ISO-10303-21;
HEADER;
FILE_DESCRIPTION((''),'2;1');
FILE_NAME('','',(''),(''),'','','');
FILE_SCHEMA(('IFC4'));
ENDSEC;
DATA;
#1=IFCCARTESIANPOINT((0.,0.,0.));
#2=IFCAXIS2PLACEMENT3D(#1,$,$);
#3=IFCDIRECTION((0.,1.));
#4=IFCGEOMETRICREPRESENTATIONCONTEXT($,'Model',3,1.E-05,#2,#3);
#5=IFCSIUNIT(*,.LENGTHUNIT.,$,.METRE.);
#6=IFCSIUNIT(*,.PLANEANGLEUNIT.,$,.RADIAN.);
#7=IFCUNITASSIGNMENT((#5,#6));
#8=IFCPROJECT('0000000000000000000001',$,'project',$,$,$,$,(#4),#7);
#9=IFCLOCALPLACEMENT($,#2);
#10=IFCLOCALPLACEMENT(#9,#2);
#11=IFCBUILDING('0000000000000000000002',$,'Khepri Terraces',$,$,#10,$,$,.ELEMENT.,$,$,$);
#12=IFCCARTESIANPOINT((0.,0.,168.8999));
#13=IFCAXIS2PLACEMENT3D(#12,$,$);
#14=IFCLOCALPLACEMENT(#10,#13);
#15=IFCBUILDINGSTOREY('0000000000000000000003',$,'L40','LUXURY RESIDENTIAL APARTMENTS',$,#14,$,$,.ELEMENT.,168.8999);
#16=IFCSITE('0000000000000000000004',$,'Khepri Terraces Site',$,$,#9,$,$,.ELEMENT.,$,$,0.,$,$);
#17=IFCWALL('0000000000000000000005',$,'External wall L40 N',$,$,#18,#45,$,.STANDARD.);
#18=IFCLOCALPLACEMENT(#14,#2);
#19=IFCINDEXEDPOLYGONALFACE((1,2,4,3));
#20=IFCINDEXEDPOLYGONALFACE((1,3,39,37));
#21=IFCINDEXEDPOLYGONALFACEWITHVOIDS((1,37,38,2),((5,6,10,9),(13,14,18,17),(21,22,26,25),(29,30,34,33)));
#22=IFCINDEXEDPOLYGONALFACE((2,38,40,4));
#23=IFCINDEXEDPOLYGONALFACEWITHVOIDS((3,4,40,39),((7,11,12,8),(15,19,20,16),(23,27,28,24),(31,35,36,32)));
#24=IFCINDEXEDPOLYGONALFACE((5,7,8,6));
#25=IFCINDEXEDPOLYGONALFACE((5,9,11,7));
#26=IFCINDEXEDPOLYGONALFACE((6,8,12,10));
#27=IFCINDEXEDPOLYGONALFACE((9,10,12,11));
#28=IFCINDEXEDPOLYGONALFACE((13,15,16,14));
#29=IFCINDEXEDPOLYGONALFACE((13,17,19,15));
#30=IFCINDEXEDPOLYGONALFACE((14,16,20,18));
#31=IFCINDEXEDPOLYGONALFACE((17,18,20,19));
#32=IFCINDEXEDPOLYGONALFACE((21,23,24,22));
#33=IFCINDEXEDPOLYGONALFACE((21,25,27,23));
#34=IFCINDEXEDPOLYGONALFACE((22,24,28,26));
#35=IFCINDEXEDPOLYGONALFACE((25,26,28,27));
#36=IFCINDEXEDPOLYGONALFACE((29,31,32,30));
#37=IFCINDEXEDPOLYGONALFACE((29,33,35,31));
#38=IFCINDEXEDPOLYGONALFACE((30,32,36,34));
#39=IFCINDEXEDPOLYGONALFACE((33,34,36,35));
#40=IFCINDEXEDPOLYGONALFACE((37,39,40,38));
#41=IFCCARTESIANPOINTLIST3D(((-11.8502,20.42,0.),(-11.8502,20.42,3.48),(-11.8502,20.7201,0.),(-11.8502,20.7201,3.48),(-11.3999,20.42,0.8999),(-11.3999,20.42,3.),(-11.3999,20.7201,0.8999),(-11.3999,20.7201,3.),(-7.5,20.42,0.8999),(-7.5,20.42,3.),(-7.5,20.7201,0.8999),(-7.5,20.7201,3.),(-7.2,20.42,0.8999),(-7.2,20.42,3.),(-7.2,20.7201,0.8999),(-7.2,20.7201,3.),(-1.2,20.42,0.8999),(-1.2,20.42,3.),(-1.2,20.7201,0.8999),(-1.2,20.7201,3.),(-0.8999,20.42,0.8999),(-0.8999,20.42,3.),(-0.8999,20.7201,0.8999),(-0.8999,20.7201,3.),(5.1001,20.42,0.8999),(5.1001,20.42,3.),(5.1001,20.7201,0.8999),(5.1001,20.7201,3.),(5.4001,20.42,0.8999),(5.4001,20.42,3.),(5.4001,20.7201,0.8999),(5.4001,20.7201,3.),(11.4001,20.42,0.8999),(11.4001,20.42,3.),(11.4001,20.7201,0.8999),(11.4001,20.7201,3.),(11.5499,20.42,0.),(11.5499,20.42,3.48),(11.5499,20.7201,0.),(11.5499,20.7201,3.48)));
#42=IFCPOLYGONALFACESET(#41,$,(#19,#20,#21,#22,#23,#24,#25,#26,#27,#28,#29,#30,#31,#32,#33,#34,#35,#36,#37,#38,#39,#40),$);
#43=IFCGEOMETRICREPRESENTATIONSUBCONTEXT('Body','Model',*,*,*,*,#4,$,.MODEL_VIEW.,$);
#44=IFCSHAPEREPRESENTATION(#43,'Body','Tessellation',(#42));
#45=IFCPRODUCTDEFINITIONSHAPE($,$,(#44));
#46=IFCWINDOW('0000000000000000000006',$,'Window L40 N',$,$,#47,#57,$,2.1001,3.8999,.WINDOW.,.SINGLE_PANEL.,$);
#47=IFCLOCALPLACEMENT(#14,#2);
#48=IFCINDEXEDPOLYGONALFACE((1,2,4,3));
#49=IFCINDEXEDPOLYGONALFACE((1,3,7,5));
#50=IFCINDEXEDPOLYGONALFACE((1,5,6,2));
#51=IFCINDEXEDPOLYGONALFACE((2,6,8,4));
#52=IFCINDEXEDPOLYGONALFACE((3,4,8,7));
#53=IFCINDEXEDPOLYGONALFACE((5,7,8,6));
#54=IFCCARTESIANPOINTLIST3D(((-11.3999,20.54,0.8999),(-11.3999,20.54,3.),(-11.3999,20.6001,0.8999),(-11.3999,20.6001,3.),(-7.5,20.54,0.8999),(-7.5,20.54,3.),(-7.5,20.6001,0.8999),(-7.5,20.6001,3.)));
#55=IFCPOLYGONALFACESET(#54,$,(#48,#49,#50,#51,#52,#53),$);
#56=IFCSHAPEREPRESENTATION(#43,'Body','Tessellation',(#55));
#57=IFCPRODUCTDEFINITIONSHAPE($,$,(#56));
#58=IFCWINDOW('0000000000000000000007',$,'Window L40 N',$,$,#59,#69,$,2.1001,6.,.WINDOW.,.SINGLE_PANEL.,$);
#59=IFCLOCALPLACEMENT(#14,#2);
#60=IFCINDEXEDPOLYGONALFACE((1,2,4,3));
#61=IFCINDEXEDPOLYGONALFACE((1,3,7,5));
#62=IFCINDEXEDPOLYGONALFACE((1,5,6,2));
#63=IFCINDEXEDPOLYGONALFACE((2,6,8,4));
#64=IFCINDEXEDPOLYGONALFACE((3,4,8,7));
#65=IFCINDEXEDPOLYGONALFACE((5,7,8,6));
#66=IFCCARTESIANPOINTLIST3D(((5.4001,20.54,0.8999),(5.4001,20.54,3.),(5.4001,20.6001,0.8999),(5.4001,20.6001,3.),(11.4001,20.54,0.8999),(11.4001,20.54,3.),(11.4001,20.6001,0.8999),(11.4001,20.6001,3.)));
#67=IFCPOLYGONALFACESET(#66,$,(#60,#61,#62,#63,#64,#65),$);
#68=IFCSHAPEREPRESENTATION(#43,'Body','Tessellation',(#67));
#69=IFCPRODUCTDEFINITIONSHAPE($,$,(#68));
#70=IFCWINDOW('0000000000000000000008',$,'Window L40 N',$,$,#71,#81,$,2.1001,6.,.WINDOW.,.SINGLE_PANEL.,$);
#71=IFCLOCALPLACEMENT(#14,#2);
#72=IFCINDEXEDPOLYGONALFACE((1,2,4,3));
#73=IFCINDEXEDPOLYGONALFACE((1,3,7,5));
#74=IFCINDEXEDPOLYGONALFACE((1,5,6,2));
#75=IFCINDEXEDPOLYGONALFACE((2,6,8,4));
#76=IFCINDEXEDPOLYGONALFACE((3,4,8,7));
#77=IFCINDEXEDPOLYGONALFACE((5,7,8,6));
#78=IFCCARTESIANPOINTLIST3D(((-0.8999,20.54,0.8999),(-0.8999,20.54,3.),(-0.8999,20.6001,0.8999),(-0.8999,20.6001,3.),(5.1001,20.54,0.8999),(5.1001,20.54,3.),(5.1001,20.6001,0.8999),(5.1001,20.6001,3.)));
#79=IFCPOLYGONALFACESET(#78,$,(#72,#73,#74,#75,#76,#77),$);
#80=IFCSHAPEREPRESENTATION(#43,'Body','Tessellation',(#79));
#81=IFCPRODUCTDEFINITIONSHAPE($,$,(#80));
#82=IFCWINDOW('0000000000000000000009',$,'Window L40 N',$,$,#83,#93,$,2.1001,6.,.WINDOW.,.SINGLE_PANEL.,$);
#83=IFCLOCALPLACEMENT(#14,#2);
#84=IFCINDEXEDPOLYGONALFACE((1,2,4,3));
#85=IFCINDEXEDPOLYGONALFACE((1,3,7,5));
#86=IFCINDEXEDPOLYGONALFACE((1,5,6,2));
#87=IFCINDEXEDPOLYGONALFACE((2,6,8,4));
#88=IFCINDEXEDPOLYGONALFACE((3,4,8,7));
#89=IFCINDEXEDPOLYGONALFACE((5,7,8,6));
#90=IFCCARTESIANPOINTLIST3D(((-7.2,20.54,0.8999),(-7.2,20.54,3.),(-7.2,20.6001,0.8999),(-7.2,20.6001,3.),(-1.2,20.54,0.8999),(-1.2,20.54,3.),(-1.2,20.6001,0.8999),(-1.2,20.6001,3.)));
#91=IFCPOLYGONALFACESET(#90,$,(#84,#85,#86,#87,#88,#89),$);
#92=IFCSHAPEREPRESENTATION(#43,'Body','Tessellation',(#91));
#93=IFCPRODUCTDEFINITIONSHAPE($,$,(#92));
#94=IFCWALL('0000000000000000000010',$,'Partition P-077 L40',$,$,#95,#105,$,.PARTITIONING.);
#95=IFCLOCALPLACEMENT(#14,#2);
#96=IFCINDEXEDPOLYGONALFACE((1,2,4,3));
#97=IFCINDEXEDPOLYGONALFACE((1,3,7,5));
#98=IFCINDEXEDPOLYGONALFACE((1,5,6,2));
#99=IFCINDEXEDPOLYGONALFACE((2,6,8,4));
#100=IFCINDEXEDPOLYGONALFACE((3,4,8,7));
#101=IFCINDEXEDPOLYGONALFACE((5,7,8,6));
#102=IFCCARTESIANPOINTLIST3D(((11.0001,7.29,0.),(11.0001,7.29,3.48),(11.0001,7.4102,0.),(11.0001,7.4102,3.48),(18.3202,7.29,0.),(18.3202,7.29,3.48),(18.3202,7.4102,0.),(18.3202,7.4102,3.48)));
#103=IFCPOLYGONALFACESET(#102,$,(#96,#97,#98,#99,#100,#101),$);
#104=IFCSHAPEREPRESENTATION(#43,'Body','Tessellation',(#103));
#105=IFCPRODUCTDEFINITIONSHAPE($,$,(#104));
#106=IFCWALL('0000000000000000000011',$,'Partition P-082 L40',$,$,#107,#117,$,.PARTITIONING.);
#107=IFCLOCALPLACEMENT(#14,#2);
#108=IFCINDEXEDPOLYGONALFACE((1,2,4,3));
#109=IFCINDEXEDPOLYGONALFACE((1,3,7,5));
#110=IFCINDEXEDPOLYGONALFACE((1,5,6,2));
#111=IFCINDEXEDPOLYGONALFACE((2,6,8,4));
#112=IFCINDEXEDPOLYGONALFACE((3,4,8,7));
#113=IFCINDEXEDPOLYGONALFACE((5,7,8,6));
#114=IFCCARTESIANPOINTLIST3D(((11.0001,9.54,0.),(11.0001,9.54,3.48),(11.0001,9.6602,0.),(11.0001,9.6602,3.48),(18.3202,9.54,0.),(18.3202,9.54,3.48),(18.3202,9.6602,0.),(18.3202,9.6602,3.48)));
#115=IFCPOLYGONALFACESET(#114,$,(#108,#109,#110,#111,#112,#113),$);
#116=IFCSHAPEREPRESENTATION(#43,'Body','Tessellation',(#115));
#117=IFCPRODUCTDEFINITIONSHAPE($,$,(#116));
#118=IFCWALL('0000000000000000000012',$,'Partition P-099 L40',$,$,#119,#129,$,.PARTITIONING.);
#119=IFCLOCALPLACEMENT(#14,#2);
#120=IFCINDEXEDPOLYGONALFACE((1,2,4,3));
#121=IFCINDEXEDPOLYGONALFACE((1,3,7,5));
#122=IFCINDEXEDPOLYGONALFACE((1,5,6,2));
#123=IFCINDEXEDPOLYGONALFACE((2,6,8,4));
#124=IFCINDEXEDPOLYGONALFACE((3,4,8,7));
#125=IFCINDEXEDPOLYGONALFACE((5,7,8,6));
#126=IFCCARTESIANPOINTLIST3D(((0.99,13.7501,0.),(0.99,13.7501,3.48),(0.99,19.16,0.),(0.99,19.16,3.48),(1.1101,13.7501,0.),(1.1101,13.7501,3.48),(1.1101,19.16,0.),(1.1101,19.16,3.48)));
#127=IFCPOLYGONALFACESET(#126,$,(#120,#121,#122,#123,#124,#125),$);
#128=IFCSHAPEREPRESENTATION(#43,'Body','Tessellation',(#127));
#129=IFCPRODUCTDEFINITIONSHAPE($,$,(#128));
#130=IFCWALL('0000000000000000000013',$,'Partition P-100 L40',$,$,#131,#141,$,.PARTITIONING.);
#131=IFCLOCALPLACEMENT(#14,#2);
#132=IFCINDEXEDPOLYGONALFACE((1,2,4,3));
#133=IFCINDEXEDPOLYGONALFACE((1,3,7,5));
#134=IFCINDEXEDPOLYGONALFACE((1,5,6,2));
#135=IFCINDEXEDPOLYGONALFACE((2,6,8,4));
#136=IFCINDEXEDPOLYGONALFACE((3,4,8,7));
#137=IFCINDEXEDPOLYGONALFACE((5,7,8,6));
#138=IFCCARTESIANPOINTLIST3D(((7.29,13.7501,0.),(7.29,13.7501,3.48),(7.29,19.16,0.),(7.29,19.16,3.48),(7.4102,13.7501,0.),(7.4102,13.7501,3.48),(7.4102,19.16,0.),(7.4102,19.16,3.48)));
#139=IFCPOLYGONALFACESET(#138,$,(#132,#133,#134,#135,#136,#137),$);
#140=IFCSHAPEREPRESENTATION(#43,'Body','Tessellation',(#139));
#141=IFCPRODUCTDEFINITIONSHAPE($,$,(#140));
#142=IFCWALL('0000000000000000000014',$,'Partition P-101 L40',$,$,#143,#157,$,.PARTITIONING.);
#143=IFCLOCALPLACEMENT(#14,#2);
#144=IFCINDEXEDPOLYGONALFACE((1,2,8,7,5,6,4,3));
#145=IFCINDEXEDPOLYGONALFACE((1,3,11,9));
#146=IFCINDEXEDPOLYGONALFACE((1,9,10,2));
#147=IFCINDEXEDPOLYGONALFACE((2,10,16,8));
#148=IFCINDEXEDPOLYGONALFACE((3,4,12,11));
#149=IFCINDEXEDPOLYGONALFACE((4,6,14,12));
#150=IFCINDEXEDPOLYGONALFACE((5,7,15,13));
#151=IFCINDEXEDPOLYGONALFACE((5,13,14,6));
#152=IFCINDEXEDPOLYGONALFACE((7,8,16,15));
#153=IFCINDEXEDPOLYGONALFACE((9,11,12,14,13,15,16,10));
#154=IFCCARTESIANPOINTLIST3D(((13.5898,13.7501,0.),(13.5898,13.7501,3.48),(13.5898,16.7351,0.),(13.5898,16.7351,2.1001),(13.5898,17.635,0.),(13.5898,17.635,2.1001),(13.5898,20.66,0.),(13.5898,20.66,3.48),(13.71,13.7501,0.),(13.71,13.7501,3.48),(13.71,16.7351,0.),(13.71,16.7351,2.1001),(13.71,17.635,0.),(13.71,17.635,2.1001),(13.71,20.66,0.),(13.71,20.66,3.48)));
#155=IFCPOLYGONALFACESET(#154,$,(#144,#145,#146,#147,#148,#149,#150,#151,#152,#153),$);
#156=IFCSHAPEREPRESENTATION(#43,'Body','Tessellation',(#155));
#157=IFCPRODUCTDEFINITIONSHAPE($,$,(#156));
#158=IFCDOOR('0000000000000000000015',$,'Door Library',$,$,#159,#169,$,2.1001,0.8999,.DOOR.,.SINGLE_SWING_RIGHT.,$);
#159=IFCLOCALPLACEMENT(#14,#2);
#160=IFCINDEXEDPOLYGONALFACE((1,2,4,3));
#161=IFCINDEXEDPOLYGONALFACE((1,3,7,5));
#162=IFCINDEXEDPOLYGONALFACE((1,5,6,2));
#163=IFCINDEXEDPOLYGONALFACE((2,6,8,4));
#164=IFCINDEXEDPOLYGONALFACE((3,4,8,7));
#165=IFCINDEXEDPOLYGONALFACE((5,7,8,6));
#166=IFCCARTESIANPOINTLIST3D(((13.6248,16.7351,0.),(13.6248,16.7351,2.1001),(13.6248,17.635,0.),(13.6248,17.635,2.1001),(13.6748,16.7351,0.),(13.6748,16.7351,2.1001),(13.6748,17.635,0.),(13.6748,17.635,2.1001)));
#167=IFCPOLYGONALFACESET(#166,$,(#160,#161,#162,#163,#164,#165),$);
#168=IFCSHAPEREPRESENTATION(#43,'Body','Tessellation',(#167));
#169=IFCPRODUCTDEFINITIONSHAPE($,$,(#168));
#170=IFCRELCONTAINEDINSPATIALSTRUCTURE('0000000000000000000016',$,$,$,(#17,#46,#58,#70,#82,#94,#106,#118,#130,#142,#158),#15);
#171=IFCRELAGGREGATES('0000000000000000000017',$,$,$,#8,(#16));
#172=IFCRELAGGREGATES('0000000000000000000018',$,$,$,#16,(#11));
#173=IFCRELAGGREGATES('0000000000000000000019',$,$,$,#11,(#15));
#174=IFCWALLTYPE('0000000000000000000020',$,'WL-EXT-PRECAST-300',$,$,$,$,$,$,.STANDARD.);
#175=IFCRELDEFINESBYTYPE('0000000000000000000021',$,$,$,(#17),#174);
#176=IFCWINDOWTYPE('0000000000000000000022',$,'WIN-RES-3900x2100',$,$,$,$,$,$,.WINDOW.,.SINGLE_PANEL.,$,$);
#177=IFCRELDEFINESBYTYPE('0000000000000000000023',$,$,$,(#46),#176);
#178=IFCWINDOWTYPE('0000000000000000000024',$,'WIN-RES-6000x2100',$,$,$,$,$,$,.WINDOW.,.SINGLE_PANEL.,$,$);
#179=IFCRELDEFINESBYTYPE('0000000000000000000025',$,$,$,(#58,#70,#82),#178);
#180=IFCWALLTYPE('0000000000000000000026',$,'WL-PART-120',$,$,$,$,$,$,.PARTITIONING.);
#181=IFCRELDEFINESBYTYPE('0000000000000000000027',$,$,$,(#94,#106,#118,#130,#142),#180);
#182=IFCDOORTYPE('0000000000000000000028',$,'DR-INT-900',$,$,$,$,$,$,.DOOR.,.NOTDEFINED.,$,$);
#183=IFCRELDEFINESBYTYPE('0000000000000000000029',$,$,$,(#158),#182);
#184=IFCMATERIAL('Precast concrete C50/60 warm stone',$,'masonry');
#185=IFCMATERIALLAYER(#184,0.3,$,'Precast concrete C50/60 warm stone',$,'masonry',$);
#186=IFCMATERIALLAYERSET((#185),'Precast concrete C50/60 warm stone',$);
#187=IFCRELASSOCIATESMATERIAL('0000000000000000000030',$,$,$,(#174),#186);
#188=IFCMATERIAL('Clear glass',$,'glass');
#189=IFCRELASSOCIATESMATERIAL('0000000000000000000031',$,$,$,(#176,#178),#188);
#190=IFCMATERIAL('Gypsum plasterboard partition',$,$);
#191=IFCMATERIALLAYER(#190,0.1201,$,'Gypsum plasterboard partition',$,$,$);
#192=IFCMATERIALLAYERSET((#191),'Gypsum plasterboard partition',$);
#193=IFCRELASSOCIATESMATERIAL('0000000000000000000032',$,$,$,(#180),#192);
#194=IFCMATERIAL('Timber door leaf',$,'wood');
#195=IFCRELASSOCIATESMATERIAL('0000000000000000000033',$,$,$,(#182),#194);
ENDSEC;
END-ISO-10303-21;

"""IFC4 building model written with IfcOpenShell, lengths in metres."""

from ifc_helpers import new_model, si_unit, direction, frame, frame_2d, origin, place, context, subcontext, project, spatial, rectangle, extrude, material, layer, layer_set, type_object, element, fill, save


model = new_model("IFC4")

# Units and contexts
model_context = context("Model", 3, precision=1e-05, world=origin(), true_north=direction((0.0, 1.0)))
body_context = subcontext(model_context, "Body", "Model", "MODEL_VIEW")
ifc_project = project(units=[si_unit("LENGTHUNIT", "METRE"), si_unit("PLANEANGLEUNIT", "RADIAN")], contexts=[model_context])

# Site, building, storey
site_placement = place(None, origin())
site = spatial("IfcSite", under=ifc_project, at=site_placement, Name="Khepri Terraces Site", CompositionType="ELEMENT", RefElevation=0.0)
building_placement = place(site_placement, origin())
building = spatial("IfcBuilding", under=site, at=building_placement, Name="Khepri Terraces", CompositionType="ELEMENT")
storey_placement = place(building_placement, frame((0.0, 0.0, 168.8999)))
storey = spatial("IfcBuildingStorey", under=building, at=storey_placement, Name="L40", Description="LUXURY RESIDENTIAL APARTMENTS", CompositionType="ELEMENT", Elevation=168.8999)

# Shared definitions
ifc_material_1 = material(Name="Precast concrete C50/60 warm stone", Category="masonry")
ifc_layer_1 = layer(ifc_material_1, 0.3, Name="Precast concrete C50/60 warm stone", Category="masonry")
ifc_layer_set_1 = layer_set([ifc_layer_1], Name="Precast concrete C50/60 warm stone")
wall_type_1 = type_object("IfcWallType", Name="WL-EXT-PRECAST-300", PredefinedType="STANDARD", material=ifc_layer_set_1)

# Shared definitions
ifc_material_2 = material(Name="Clear glass", Category="glass")

# Wall, openings, windows
wall_1_placement = place(storey_placement, frame((11.55, 20.5701, 0.0), z_axis=(0.0, 0.0, 1.0), x_axis=(-1.0, 0.0, 0.0)))
wall_1 = element("IfcWall", 1, at=wall_1_placement, inside=storey, type_object=wall_type_1, Name="External wall L40 N", PredefinedType="STANDARD", context=body_context, shape_type="SweptSolid", body=[
    extrude(rectangle(XDim=23.4001, YDim=0.3, at=frame_2d((11.7002, 0.0))), origin(), (0.0, 0.0, 1.0), 3.48),
])
opening_1_placement = place(wall_1_placement, frame((0.1499, 0.0, 0.8999)))
opening_1 = element("IfcOpeningElement", 2, at=opening_1_placement, cuts=wall_1, PredefinedType="OPENING", context=body_context, shape_type="SweptSolid", body=[
    extrude(rectangle(XDim=6.0, YDim=2.1001, at=frame_2d((3.0, 1.05))), frame((0.0, 0.1602, 0.0), z_axis=(0.0, -1.0, 0.0), x_axis=(1.0, 0.0, 0.0)), (0.0, 0.0, 1.0), 0.3201),
])
opening_2_placement = place(wall_1_placement, frame((6.45, 0.0, 0.8999)))
opening_2 = element("IfcOpeningElement", 3, at=opening_2_placement, cuts=wall_1, PredefinedType="OPENING", context=body_context, shape_type="SweptSolid", body=[
    extrude(rectangle(XDim=6.0, YDim=2.1001, at=frame_2d((3.0, 1.05))), frame((0.0, 0.1602, 0.0), z_axis=(0.0, -1.0, 0.0), x_axis=(1.0, 0.0, 0.0)), (0.0, 0.0, 1.0), 0.3201),
])
opening_3_placement = place(wall_1_placement, frame((12.75, 0.0, 0.8999)))
opening_3 = element("IfcOpeningElement", 4, at=opening_3_placement, cuts=wall_1, PredefinedType="OPENING", context=body_context, shape_type="SweptSolid", body=[
    extrude(rectangle(XDim=6.0, YDim=2.1001, at=frame_2d((3.0, 1.05))), frame((0.0, 0.1602, 0.0), z_axis=(0.0, -1.0, 0.0), x_axis=(1.0, 0.0, 0.0)), (0.0, 0.0, 1.0), 0.3201),
])
opening_4_placement = place(wall_1_placement, frame((19.05, 0.0, 0.8999)))
opening_4 = element("IfcOpeningElement", 5, at=opening_4_placement, cuts=wall_1, PredefinedType="OPENING", context=body_context, shape_type="SweptSolid", body=[
    extrude(rectangle(XDim=3.8999, YDim=2.1001, at=frame_2d((1.95, 1.05))), frame((0.0, 0.1602, 0.0), z_axis=(0.0, -1.0, 0.0), x_axis=(1.0, 0.0, 0.0)), (0.0, 0.0, 1.0), 0.3201),
])
window_type_1 = type_object("IfcWindowType", Name="WIN-RES-3900x2100", PartitioningType="SINGLE_PANEL", PredefinedType="WINDOW", material=ifc_material_2)
window_1_placement = place(opening_4_placement, origin())
window_1 = element("IfcWindow", 6, at=window_1_placement, inside=storey, type_object=window_type_1, Name="Window L40 N", OverallHeight=2.1001, OverallWidth=3.8999, PartitioningType="SINGLE_PANEL", PredefinedType="WINDOW", context=body_context, shape_type="SweptSolid", body=[
    extrude(rectangle(XDim=3.8999, YDim=2.1001, at=frame_2d((1.95, 1.05))), frame((0.0, 0.03, 0.0), z_axis=(0.0, -1.0, 0.0), x_axis=(1.0, 0.0, 0.0)), (0.0, 0.0, 1.0), 0.0601),
])
fill(opening_4, window_1)
window_type_2 = type_object("IfcWindowType", Name="WIN-RES-6000x2100", PartitioningType="SINGLE_PANEL", PredefinedType="WINDOW", material=ifc_material_2)
window_2_placement = place(opening_1_placement, origin())
window_2 = element("IfcWindow", 7, at=window_2_placement, inside=storey, type_object=window_type_2, Name="Window L40 N", OverallHeight=2.1001, OverallWidth=6.0, PartitioningType="SINGLE_PANEL", PredefinedType="WINDOW", context=body_context, shape_type="SweptSolid", body=[
    extrude(rectangle(XDim=6.0, YDim=2.1001, at=frame_2d((3.0, 1.05))), frame((0.0, 0.03, 0.0), z_axis=(0.0, -1.0, 0.0), x_axis=(1.0, 0.0, 0.0)), (0.0, 0.0, 1.0), 0.0601),
])
fill(opening_1, window_2)
window_3_placement = place(opening_2_placement, origin())
window_3 = element("IfcWindow", 8, at=window_3_placement, inside=storey, type_object=window_type_2, Name="Window L40 N", OverallHeight=2.1001, OverallWidth=6.0, PartitioningType="SINGLE_PANEL", PredefinedType="WINDOW", context=body_context, shape_type="SweptSolid", body=[
    extrude(rectangle(XDim=6.0, YDim=2.1001, at=frame_2d((3.0, 1.05))), frame((0.0, 0.03, 0.0), z_axis=(0.0, -1.0, 0.0), x_axis=(1.0, 0.0, 0.0)), (0.0, 0.0, 1.0), 0.0601),
])
fill(opening_2, window_3)
window_4_placement = place(opening_3_placement, origin())
window_4 = element("IfcWindow", 9, at=window_4_placement, inside=storey, type_object=window_type_2, Name="Window L40 N", OverallHeight=2.1001, OverallWidth=6.0, PartitioningType="SINGLE_PANEL", PredefinedType="WINDOW", context=body_context, shape_type="SweptSolid", body=[
    extrude(rectangle(XDim=6.0, YDim=2.1001, at=frame_2d((3.0, 1.05))), frame((0.0, 0.03, 0.0), z_axis=(0.0, -1.0, 0.0), x_axis=(1.0, 0.0, 0.0)), (0.0, 0.0, 1.0), 0.0601),
])
fill(opening_3, window_4)

# Walls
ifc_material_3 = material(Name="Gypsum plasterboard partition")
ifc_layer_2 = layer(ifc_material_3, 0.1201, Name="Gypsum plasterboard partition")
ifc_layer_set_2 = layer_set([ifc_layer_2], Name="Gypsum plasterboard partition")
wall_type_2 = type_object("IfcWallType", Name="WL-PART-120", PredefinedType="PARTITIONING", material=ifc_layer_set_2)
for number, where, z_axis, x_axis, name in (
    (10, (11.0, 7.3501, 0.0), (0.0, 0.0, 1.0), (1.0, 0.0, 0.0), "Partition P-077 L40"),
    (11, (11.0, 9.6001, 0.0), (0.0, 0.0, 1.0), (1.0, 0.0, 0.0), "Partition P-082 L40"),
):
    element("IfcWall", number, at=place(storey_placement, frame(where, z_axis=z_axis, x_axis=x_axis)), inside=storey, type_object=wall_type_2, Name=name, PredefinedType="PARTITIONING", context=body_context, shape_type="SweptSolid", body=[
        extrude(rectangle(XDim=7.3201, YDim=0.1201, at=frame_2d((3.6602, 0.0))), origin(), (0.0, 0.0, 1.0), 3.48),
    ])
for number, where, z_axis, x_axis, name in (
    (12, (1.05, 13.75, 0.0), (0.0, 0.0, 1.0), (0.0, 1.0, 0.0), "Partition P-099 L40"),
    (13, (7.3501, 13.75, 0.0), (0.0, 0.0, 1.0), (0.0, 1.0, 0.0), "Partition P-100 L40"),
):
    element("IfcWall", number, at=place(storey_placement, frame(where, z_axis=z_axis, x_axis=x_axis)), inside=storey, type_object=wall_type_2, Name=name, PredefinedType="PARTITIONING", context=body_context, shape_type="SweptSolid", body=[
        extrude(rectangle(XDim=5.4099, YDim=0.1201, at=frame_2d((2.7051, 0.0))), origin(), (0.0, 0.0, 1.0), 3.48),
    ])

# Wall, opening, door
wall_2_placement = place(storey_placement, frame((13.6499, 13.75, 0.0), z_axis=(0.0, 0.0, 1.0), x_axis=(0.0, 1.0, 0.0)))
wall_2 = element("IfcWall", 14, at=wall_2_placement, inside=storey, type_object=wall_type_2, Name="Partition P-101 L40", PredefinedType="PARTITIONING", context=body_context, shape_type="SweptSolid", body=[
    extrude(rectangle(XDim=6.9099, YDim=0.1201, at=frame_2d((3.4551, 0.0))), origin(), (0.0, 0.0, 1.0), 3.48),
])
opening_5_placement = place(wall_2_placement, frame((2.9851, 0.0, 0.0)))
opening_5 = element("IfcOpeningElement", 15, at=opening_5_placement, cuts=wall_2, PredefinedType="OPENING", context=body_context, shape_type="SweptSolid", body=[
    extrude(rectangle(XDim=0.8999, YDim=2.1001, at=frame_2d((0.45, 1.05))), frame((0.0, 0.0701, 0.0), z_axis=(0.0, -1.0, 0.0), x_axis=(1.0, 0.0, 0.0)), (0.0, 0.0, 1.0), 0.1401),
])
ifc_material_4 = material(Name="Timber door leaf", Category="wood")
door_type_1 = type_object("IfcDoorType", Name="DR-INT-900", OperationType="NOTDEFINED", PredefinedType="DOOR", material=ifc_material_4)
door_1_placement = place(opening_5_placement, frame((0.8999, 0.0, 0.0), z_axis=(0.0, 0.0, 1.0), x_axis=(-1.0, 0.0, 0.0)))
door_1 = element("IfcDoor", 16, at=door_1_placement, inside=storey, type_object=door_type_1, Name="Door Library", OperationType="SINGLE_SWING_RIGHT", OverallHeight=2.1001, OverallWidth=0.8999, PredefinedType="DOOR", context=body_context, shape_type="SweptSolid", body=[
    extrude(rectangle(XDim=0.8999, YDim=2.1001, at=frame_2d((0.45, 1.05))), frame((0.0, 0.0249, 0.0), z_axis=(0.0, -1.0, 0.0), x_axis=(1.0, 0.0, 0.0)), (0.0, 0.0, 1.0), 0.05),
])
fill(opening_5, door_1)

save(model, "model.ifc")
